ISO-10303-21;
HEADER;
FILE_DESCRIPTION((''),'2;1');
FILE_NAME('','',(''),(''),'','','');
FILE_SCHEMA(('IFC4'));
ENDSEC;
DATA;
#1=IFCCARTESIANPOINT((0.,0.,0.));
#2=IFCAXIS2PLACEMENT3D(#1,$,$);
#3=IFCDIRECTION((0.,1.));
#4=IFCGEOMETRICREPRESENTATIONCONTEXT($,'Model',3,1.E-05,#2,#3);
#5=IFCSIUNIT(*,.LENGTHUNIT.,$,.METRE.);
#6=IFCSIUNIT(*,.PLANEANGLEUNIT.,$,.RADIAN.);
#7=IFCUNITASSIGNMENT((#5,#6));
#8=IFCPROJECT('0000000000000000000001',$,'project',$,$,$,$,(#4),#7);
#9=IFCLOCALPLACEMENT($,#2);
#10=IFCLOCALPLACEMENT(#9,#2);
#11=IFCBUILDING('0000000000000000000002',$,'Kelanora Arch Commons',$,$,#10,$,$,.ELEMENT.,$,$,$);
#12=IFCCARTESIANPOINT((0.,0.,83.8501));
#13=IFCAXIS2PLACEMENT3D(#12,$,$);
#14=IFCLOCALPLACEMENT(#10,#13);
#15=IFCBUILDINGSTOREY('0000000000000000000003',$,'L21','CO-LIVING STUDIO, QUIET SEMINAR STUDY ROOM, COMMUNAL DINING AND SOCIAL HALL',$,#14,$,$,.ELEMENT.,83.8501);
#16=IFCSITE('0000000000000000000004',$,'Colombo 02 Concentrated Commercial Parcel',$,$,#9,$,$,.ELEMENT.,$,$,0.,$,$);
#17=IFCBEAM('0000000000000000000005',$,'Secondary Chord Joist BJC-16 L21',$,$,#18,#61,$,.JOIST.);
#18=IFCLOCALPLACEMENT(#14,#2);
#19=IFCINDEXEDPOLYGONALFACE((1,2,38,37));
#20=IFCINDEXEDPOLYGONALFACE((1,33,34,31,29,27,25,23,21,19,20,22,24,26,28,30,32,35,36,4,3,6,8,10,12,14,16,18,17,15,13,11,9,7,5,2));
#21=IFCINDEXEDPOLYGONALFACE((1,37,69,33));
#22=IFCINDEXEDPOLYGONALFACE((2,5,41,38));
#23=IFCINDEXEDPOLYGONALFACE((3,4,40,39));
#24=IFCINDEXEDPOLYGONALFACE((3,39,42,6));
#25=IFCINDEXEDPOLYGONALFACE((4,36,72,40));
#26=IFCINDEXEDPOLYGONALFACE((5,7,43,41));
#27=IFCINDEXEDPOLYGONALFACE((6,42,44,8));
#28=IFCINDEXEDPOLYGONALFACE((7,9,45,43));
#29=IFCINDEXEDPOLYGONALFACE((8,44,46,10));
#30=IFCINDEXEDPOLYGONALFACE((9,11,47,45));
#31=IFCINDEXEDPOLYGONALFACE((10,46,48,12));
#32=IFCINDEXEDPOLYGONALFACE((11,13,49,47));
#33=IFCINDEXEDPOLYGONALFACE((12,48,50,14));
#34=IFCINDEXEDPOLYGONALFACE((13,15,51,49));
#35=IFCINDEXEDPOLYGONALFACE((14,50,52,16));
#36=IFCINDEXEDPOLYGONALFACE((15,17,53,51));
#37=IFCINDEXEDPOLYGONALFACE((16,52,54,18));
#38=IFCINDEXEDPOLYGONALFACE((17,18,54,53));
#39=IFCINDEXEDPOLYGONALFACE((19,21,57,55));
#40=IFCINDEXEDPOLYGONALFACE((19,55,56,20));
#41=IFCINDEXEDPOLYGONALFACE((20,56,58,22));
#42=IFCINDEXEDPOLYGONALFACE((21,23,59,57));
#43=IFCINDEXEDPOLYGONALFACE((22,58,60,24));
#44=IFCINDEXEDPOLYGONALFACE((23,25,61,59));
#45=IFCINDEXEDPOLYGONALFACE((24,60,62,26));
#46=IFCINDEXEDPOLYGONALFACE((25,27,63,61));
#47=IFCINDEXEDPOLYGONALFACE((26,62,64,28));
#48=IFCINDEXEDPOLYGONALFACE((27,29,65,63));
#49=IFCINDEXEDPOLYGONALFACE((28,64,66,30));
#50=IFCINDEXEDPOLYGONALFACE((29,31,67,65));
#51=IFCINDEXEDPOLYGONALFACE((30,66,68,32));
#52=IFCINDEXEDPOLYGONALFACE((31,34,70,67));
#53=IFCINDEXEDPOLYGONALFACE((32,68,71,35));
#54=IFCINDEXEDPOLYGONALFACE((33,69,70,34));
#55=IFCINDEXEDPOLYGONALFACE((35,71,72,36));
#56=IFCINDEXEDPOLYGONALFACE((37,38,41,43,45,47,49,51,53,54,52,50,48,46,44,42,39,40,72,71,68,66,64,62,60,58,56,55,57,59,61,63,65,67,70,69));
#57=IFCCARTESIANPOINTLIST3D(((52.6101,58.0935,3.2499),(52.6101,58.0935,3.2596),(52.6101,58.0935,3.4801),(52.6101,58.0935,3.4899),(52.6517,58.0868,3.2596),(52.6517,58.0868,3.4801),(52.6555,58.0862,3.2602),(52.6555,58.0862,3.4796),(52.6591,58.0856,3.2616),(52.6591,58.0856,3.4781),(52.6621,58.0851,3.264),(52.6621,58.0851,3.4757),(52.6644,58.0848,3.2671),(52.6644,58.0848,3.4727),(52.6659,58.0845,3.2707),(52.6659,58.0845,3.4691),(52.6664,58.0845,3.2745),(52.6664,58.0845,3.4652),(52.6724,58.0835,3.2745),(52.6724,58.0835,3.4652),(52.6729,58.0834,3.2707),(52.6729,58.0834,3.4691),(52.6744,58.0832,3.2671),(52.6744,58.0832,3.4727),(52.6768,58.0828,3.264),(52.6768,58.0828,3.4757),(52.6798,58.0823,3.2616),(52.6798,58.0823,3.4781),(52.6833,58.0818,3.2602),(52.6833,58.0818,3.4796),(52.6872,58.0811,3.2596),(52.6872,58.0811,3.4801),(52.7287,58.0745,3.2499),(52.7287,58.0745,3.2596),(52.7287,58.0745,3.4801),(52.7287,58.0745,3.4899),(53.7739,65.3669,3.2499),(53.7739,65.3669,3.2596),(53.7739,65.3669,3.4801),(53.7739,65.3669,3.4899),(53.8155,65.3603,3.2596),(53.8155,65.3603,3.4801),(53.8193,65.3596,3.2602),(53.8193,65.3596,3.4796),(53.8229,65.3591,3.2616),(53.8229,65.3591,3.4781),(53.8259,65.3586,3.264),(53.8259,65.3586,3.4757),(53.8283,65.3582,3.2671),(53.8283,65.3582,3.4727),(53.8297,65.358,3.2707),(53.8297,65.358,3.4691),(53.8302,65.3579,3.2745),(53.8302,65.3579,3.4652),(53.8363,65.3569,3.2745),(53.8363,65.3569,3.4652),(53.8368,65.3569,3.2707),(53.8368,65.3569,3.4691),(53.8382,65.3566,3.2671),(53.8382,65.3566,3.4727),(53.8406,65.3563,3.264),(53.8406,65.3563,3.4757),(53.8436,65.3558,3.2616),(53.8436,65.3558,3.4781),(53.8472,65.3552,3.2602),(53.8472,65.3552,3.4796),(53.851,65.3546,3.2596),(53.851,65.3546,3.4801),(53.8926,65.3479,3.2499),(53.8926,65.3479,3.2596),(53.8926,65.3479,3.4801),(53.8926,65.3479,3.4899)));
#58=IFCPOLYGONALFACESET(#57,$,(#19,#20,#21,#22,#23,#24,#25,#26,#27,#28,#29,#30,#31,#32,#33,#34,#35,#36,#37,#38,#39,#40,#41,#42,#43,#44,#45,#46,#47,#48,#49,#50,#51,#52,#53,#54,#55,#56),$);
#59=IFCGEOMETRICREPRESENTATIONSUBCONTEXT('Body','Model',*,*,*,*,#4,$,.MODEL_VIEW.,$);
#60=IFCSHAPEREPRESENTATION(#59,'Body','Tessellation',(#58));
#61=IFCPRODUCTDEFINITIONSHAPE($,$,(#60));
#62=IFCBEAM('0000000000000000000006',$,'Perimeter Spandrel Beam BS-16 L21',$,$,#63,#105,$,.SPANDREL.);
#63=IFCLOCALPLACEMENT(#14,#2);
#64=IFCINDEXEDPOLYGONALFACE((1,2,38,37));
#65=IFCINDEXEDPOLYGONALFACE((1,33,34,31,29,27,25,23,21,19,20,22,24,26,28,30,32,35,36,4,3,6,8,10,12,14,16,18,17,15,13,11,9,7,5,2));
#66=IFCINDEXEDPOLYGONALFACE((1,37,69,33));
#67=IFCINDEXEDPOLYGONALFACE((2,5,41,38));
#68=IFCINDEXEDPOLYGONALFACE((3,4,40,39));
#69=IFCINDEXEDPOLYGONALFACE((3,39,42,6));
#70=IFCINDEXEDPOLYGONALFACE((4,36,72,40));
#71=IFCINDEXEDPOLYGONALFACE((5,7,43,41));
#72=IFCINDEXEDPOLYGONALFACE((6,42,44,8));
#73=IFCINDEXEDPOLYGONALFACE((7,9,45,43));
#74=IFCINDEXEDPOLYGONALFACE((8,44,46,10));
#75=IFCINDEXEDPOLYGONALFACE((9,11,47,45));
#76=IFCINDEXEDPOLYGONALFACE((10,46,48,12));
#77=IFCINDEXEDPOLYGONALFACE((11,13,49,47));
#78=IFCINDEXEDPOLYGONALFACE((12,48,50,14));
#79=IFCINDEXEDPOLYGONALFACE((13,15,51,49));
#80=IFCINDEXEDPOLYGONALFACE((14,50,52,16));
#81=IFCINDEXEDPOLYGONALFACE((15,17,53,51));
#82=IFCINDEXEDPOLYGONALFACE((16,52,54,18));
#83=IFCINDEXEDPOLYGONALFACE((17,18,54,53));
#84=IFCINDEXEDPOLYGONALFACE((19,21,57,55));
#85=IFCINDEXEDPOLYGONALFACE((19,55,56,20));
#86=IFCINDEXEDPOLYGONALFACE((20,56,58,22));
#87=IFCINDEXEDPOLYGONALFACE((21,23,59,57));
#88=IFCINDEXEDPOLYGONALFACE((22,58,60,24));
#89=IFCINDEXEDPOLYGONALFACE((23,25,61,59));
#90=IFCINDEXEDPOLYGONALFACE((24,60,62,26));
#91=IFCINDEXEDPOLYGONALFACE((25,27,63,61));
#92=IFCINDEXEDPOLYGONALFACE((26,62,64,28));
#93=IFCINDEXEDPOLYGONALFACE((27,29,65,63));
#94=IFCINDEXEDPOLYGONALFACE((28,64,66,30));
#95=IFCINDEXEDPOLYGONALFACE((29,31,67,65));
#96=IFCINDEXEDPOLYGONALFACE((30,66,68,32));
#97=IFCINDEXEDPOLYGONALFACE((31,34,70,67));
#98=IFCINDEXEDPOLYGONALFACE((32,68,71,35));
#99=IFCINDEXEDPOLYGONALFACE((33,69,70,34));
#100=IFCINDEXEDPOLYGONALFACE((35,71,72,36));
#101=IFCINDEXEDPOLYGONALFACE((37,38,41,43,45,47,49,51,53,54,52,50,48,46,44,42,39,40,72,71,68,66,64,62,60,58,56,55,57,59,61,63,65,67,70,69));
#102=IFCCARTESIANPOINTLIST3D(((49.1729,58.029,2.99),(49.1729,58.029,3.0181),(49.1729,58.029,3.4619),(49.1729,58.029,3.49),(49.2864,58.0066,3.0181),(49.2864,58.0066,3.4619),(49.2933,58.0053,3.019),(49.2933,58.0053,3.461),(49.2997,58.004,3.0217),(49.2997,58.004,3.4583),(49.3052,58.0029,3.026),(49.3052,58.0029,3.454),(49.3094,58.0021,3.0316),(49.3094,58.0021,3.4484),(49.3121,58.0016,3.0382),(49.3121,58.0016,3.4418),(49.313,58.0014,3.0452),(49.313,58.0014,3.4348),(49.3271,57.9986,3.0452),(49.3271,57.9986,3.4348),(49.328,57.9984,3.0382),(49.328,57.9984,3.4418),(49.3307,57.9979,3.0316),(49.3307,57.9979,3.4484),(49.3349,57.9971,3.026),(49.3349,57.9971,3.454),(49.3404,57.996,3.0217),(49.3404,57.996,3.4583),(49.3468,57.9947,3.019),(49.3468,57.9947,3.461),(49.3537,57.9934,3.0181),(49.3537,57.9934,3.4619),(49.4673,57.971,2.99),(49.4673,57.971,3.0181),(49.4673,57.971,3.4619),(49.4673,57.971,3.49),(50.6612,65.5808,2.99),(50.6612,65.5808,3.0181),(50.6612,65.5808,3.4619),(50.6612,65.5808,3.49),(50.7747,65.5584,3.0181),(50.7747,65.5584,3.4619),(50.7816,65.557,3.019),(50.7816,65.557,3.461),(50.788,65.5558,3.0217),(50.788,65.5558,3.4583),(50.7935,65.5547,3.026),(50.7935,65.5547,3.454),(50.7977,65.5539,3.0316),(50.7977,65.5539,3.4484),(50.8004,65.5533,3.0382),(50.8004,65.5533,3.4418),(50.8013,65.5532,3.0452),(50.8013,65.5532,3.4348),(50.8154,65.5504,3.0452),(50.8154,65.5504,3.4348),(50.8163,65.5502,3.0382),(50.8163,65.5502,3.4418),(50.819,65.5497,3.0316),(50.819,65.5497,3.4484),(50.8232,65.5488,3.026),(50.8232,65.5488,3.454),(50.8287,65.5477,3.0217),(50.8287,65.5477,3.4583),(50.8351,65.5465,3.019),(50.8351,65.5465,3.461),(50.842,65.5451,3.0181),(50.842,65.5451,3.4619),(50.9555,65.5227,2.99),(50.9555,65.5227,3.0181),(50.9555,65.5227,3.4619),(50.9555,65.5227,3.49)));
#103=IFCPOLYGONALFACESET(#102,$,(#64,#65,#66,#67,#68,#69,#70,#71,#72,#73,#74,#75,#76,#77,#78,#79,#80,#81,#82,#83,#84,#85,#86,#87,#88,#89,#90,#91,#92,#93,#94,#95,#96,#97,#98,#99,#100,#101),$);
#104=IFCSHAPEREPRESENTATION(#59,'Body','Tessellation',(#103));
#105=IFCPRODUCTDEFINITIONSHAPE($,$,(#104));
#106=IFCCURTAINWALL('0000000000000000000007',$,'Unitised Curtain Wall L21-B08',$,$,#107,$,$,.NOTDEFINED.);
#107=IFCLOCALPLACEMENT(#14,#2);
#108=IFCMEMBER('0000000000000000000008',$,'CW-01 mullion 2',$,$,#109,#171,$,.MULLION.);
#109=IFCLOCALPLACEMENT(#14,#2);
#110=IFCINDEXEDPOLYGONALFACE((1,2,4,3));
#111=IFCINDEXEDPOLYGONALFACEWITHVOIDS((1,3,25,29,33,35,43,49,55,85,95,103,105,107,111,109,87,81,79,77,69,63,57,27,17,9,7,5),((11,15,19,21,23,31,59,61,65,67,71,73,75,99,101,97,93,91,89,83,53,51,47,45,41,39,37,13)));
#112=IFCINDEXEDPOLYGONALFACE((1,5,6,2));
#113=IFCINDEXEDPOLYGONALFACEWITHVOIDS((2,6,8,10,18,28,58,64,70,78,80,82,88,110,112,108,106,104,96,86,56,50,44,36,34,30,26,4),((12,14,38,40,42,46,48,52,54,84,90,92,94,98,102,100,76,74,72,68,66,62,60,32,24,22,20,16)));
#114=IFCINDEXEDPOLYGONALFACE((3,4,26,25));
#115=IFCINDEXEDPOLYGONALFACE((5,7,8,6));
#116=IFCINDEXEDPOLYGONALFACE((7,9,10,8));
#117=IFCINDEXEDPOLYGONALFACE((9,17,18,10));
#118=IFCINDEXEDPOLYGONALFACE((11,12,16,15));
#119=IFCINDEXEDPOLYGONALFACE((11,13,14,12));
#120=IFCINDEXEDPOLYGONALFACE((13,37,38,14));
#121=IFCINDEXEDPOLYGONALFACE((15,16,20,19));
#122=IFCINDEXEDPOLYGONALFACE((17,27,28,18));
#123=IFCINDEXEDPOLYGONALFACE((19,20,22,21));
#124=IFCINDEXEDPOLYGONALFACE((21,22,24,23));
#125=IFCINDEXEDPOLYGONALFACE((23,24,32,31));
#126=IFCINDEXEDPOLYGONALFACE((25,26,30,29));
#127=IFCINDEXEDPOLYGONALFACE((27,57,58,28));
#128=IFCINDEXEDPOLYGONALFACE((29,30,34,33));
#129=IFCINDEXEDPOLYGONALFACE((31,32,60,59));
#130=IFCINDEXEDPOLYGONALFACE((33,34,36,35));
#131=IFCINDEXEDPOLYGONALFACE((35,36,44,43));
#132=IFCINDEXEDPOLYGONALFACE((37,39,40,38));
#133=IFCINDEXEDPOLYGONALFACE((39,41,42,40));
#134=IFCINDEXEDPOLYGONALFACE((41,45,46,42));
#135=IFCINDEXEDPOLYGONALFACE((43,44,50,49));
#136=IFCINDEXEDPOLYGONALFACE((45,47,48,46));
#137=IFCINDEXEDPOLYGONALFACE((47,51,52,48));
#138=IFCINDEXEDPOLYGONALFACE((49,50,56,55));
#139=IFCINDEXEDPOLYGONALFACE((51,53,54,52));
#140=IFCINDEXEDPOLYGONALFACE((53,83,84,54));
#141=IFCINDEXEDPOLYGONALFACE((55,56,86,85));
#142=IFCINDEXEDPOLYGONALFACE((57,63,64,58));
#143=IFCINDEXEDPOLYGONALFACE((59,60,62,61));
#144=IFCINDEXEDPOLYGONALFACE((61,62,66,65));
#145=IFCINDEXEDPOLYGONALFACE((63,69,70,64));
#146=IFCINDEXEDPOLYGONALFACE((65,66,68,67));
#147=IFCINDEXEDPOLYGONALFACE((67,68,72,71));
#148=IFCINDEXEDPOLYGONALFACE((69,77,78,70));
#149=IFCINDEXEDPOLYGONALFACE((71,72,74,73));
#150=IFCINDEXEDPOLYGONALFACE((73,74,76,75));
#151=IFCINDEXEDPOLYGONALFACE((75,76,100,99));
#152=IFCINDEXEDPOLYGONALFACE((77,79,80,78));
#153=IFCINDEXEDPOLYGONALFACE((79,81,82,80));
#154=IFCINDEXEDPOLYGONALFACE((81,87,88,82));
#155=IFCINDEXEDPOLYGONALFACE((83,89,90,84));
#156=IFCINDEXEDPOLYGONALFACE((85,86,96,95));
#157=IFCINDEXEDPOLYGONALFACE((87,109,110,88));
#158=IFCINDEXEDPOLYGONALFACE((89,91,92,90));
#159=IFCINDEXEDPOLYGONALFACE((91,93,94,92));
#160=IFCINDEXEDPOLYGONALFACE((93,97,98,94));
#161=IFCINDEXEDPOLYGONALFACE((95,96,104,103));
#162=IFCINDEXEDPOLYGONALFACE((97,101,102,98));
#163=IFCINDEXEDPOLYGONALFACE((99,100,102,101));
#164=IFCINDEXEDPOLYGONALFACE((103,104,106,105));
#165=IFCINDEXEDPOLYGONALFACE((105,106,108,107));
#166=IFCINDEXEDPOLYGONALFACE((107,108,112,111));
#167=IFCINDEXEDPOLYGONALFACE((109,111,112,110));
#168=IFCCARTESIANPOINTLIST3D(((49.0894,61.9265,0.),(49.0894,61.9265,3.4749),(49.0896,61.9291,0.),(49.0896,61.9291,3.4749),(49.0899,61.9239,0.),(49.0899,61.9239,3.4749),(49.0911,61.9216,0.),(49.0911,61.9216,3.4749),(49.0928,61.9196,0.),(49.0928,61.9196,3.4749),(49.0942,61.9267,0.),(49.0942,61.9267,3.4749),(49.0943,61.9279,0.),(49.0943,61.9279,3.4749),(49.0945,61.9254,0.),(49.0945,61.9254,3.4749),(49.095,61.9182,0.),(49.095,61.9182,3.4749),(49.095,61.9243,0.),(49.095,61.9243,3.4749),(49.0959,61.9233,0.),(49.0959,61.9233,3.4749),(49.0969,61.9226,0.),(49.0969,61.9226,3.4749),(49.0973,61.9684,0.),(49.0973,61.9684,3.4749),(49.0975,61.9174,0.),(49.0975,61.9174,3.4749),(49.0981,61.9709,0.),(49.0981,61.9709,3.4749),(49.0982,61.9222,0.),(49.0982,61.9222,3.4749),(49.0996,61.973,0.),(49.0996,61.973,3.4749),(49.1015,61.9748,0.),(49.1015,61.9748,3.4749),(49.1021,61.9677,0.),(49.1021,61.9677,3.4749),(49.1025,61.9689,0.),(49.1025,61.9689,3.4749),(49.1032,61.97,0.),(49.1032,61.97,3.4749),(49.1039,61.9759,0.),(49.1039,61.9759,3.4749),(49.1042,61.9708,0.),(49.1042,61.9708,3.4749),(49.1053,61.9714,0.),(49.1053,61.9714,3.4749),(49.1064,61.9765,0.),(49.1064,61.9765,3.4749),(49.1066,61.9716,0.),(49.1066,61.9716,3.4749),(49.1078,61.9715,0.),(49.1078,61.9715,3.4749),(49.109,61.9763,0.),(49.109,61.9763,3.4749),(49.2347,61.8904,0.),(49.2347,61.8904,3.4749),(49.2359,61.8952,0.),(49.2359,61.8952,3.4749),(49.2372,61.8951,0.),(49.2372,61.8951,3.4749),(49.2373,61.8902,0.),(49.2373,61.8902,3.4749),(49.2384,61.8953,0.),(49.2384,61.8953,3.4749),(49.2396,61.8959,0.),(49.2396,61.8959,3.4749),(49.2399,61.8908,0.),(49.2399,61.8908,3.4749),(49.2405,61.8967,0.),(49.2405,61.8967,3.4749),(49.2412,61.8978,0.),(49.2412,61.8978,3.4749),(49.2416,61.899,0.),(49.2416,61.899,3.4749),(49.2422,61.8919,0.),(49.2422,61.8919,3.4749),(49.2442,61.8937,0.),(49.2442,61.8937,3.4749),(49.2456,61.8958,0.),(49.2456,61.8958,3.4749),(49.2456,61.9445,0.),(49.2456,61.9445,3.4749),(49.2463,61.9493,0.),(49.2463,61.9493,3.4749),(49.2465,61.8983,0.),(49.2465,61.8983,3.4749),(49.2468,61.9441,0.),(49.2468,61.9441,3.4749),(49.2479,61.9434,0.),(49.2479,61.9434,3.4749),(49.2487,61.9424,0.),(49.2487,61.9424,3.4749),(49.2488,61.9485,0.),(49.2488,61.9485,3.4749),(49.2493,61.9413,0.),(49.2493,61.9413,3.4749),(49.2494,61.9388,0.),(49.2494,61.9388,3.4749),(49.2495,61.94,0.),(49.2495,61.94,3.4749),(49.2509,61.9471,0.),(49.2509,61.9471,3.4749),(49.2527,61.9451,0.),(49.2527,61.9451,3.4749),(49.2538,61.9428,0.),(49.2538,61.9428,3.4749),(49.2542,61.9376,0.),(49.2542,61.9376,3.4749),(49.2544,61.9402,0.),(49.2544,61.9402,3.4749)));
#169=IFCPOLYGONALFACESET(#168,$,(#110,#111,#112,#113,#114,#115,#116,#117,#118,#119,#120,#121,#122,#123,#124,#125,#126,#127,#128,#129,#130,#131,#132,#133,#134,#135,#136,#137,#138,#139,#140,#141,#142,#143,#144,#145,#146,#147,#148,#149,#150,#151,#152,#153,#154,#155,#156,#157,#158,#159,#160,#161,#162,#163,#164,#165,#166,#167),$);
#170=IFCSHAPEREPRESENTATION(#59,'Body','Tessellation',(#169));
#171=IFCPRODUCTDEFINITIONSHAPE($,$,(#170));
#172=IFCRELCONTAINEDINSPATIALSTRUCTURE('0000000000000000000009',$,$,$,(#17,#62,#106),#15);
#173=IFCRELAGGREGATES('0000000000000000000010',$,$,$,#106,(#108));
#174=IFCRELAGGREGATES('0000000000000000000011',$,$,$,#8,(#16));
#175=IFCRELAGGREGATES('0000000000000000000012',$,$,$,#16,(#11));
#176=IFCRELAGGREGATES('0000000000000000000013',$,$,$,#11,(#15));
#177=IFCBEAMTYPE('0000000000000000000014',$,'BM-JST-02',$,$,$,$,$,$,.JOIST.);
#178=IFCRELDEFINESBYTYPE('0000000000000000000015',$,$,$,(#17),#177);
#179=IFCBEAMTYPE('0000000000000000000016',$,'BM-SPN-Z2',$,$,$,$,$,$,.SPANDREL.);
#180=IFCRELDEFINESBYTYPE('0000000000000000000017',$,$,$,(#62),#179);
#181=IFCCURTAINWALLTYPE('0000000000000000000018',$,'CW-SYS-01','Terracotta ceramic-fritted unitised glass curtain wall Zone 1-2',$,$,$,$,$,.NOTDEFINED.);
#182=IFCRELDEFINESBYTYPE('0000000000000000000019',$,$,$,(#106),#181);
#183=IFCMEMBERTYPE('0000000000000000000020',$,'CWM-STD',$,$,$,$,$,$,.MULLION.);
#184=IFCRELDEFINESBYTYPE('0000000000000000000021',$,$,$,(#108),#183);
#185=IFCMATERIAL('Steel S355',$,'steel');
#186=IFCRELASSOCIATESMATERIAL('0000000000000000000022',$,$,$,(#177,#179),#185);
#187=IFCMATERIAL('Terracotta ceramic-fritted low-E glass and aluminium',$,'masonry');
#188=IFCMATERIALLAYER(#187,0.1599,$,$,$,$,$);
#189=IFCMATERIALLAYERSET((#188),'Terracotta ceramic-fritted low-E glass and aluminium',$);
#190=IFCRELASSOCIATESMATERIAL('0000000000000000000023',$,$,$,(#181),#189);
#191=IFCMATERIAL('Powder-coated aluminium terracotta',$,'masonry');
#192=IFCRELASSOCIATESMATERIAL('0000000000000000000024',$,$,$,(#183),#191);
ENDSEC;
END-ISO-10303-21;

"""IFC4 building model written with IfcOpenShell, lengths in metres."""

from ifc_helpers import new_model, si_unit, direction, frame, origin, origin_2d, place, context, subcontext, project, spatial, hollow_rectangle, i_section, extrude, material, layer, layer_set, material_profile, profile_set, type_object, element, aggregate, save


model = new_model("IFC4")

# Units and contexts
model_context = context("Model", 3, precision=1e-05, world=origin(), true_north=direction((0.0, 1.0)))
body_context = subcontext(model_context, "Body", "Model", "MODEL_VIEW")
ifc_project = project(units=[si_unit("LENGTHUNIT", "METRE"), si_unit("PLANEANGLEUNIT", "RADIAN")], contexts=[model_context])

# Site, building, storey
site_placement = place(None, origin())
site = spatial("IfcSite", under=ifc_project, at=site_placement, Name="Colombo 02 Concentrated Commercial Parcel", CompositionType="ELEMENT", RefElevation=0.0)
building_placement = place(site_placement, origin())
building = spatial("IfcBuilding", under=site, at=building_placement, Name="Kelanora Arch Commons", CompositionType="ELEMENT")
storey_placement = place(building_placement, frame((0.0, 0.0, 83.8501)))
storey = spatial("IfcBuildingStorey", under=building, at=storey_placement, Name="L21", Description="CO-LIVING STUDIO, QUIET SEMINAR STUDY ROOM, COMMUNAL DINING AND SOCIAL HALL", CompositionType="ELEMENT", Elevation=83.8501)

# Beams
ifc_material_1 = material(Name="Steel S355", Category="steel")
ifc_material_profile_1 = material_profile(ifc_material_1, i_section(OverallWidth=0.1201, OverallDepth=0.24, WebThickness=0.0061, FlangeThickness=0.0098, FilletRadius=0.0149, at=origin_2d()), Name="IPE240")
ifc_profile_set_1 = profile_set([ifc_material_profile_1], Name="Steel S355")
beam_type_1 = type_object("IfcBeamType", Name="BM-JST-02", PredefinedType="JOIST", material=ifc_profile_set_1)
beam_1_placement = place(storey_placement, frame((53.8333, 65.3574, 3.3699), z_axis=(-0.158, -0.987439, 0.0), x_axis=(0.987439, -0.158, 0.0)))
element("IfcBeam", 1, at=beam_1_placement, inside=storey, type_object=beam_type_1, Name="Secondary Chord Joist BJC-16 L21", PredefinedType="JOIST", context=body_context, shape_type="SweptSolid", body=[
    extrude(i_section(OverallWidth=0.1201, OverallDepth=0.24, WebThickness=0.0061, FlangeThickness=0.0098, FilletRadius=0.0149, at=origin_2d()), origin(), (0.0, 0.0, 1.0), 7.366),
])
ifc_material_profile_2 = material_profile(ifc_material_1, i_section(OverallWidth=0.3, OverallDepth=0.5, WebThickness=0.0144, FlangeThickness=0.0281, FilletRadius=0.0271, at=origin_2d()), Name="HEB500")
ifc_profile_set_2 = profile_set([ifc_material_profile_2], Name="Steel S355")
beam_type_2 = type_object("IfcBeamType", Name="BM-SPN-Z2", PredefinedType="SPANDREL", material=ifc_profile_set_2)
beam_2_placement = place(storey_placement, frame((50.8083, 65.5518, 3.24), z_axis=(-0.193358, -0.981128, 0.0), x_axis=(0.981128, -0.193358, 0.0)))
element("IfcBeam", 2, at=beam_2_placement, inside=storey, type_object=beam_type_2, Name="Perimeter Spandrel Beam BS-16 L21", PredefinedType="SPANDREL", context=body_context, shape_type="SweptSolid", body=[
    extrude(i_section(OverallWidth=0.3, OverallDepth=0.5, WebThickness=0.0144, FlangeThickness=0.0281, FilletRadius=0.0271, at=origin_2d()), origin(), (0.0, 0.0, 1.0), 7.697),
])

# Curtain wall, member
ifc_material_2 = material(Name="Terracotta ceramic-fritted low-E glass and aluminium", Category="masonry")
ifc_layer_1 = layer(ifc_material_2, 0.1599)
ifc_layer_set_1 = layer_set([ifc_layer_1], Name="Terracotta ceramic-fritted low-E glass and aluminium")
curtain_wall_type = type_object("IfcCurtainWallType", Name="CW-SYS-01", Description="Terracotta ceramic-fritted unitised glass curtain wall Zone 1-2", PredefinedType="NOTDEFINED", material=ifc_layer_set_1)
curtain_wall_placement = place(storey_placement, origin())
curtain_wall = element("IfcCurtainWall", 3, at=curtain_wall_placement, inside=storey, type_object=curtain_wall_type, Name="Unitised Curtain Wall L21-B08", PredefinedType="NOTDEFINED")
ifc_material_3 = material(Name="Powder-coated aluminium terracotta", Category="masonry")
ifc_material_profile_3 = material_profile(ifc_material_3, hollow_rectangle(XDim=0.1599, YDim=0.0601, WallThickness=0.0049, InnerFilletRadius=0.0049, OuterFilletRadius=0.01, at=origin_2d()), Name="CWM160x60")
ifc_profile_set_3 = profile_set([ifc_material_profile_3], Name="Powder-coated aluminium terracotta")
member_type_1 = type_object("IfcMemberType", Name="CWM-STD", PredefinedType="MULLION", material=ifc_profile_set_3)
member_1_placement = place(storey_placement, frame((49.1719, 61.9333, 0.0), z_axis=(0.0, 0.0, 1.0), x_axis=(0.98128, -0.192585, 0.0)))
member_1 = element("IfcMember", 4, at=member_1_placement, type_object=member_type_1, Name="CW-01 mullion 2", PredefinedType="MULLION", context=body_context, shape_type="SweptSolid", body=[
    extrude(hollow_rectangle(XDim=0.1599, YDim=0.0601, WallThickness=0.0049, InnerFilletRadius=0.0049, OuterFilletRadius=0.01, at=origin_2d()), origin(), (0.0, 0.0, 1.0), 3.4749),
])
aggregate(curtain_wall, [member_1])

save(model, "model.ifc")
